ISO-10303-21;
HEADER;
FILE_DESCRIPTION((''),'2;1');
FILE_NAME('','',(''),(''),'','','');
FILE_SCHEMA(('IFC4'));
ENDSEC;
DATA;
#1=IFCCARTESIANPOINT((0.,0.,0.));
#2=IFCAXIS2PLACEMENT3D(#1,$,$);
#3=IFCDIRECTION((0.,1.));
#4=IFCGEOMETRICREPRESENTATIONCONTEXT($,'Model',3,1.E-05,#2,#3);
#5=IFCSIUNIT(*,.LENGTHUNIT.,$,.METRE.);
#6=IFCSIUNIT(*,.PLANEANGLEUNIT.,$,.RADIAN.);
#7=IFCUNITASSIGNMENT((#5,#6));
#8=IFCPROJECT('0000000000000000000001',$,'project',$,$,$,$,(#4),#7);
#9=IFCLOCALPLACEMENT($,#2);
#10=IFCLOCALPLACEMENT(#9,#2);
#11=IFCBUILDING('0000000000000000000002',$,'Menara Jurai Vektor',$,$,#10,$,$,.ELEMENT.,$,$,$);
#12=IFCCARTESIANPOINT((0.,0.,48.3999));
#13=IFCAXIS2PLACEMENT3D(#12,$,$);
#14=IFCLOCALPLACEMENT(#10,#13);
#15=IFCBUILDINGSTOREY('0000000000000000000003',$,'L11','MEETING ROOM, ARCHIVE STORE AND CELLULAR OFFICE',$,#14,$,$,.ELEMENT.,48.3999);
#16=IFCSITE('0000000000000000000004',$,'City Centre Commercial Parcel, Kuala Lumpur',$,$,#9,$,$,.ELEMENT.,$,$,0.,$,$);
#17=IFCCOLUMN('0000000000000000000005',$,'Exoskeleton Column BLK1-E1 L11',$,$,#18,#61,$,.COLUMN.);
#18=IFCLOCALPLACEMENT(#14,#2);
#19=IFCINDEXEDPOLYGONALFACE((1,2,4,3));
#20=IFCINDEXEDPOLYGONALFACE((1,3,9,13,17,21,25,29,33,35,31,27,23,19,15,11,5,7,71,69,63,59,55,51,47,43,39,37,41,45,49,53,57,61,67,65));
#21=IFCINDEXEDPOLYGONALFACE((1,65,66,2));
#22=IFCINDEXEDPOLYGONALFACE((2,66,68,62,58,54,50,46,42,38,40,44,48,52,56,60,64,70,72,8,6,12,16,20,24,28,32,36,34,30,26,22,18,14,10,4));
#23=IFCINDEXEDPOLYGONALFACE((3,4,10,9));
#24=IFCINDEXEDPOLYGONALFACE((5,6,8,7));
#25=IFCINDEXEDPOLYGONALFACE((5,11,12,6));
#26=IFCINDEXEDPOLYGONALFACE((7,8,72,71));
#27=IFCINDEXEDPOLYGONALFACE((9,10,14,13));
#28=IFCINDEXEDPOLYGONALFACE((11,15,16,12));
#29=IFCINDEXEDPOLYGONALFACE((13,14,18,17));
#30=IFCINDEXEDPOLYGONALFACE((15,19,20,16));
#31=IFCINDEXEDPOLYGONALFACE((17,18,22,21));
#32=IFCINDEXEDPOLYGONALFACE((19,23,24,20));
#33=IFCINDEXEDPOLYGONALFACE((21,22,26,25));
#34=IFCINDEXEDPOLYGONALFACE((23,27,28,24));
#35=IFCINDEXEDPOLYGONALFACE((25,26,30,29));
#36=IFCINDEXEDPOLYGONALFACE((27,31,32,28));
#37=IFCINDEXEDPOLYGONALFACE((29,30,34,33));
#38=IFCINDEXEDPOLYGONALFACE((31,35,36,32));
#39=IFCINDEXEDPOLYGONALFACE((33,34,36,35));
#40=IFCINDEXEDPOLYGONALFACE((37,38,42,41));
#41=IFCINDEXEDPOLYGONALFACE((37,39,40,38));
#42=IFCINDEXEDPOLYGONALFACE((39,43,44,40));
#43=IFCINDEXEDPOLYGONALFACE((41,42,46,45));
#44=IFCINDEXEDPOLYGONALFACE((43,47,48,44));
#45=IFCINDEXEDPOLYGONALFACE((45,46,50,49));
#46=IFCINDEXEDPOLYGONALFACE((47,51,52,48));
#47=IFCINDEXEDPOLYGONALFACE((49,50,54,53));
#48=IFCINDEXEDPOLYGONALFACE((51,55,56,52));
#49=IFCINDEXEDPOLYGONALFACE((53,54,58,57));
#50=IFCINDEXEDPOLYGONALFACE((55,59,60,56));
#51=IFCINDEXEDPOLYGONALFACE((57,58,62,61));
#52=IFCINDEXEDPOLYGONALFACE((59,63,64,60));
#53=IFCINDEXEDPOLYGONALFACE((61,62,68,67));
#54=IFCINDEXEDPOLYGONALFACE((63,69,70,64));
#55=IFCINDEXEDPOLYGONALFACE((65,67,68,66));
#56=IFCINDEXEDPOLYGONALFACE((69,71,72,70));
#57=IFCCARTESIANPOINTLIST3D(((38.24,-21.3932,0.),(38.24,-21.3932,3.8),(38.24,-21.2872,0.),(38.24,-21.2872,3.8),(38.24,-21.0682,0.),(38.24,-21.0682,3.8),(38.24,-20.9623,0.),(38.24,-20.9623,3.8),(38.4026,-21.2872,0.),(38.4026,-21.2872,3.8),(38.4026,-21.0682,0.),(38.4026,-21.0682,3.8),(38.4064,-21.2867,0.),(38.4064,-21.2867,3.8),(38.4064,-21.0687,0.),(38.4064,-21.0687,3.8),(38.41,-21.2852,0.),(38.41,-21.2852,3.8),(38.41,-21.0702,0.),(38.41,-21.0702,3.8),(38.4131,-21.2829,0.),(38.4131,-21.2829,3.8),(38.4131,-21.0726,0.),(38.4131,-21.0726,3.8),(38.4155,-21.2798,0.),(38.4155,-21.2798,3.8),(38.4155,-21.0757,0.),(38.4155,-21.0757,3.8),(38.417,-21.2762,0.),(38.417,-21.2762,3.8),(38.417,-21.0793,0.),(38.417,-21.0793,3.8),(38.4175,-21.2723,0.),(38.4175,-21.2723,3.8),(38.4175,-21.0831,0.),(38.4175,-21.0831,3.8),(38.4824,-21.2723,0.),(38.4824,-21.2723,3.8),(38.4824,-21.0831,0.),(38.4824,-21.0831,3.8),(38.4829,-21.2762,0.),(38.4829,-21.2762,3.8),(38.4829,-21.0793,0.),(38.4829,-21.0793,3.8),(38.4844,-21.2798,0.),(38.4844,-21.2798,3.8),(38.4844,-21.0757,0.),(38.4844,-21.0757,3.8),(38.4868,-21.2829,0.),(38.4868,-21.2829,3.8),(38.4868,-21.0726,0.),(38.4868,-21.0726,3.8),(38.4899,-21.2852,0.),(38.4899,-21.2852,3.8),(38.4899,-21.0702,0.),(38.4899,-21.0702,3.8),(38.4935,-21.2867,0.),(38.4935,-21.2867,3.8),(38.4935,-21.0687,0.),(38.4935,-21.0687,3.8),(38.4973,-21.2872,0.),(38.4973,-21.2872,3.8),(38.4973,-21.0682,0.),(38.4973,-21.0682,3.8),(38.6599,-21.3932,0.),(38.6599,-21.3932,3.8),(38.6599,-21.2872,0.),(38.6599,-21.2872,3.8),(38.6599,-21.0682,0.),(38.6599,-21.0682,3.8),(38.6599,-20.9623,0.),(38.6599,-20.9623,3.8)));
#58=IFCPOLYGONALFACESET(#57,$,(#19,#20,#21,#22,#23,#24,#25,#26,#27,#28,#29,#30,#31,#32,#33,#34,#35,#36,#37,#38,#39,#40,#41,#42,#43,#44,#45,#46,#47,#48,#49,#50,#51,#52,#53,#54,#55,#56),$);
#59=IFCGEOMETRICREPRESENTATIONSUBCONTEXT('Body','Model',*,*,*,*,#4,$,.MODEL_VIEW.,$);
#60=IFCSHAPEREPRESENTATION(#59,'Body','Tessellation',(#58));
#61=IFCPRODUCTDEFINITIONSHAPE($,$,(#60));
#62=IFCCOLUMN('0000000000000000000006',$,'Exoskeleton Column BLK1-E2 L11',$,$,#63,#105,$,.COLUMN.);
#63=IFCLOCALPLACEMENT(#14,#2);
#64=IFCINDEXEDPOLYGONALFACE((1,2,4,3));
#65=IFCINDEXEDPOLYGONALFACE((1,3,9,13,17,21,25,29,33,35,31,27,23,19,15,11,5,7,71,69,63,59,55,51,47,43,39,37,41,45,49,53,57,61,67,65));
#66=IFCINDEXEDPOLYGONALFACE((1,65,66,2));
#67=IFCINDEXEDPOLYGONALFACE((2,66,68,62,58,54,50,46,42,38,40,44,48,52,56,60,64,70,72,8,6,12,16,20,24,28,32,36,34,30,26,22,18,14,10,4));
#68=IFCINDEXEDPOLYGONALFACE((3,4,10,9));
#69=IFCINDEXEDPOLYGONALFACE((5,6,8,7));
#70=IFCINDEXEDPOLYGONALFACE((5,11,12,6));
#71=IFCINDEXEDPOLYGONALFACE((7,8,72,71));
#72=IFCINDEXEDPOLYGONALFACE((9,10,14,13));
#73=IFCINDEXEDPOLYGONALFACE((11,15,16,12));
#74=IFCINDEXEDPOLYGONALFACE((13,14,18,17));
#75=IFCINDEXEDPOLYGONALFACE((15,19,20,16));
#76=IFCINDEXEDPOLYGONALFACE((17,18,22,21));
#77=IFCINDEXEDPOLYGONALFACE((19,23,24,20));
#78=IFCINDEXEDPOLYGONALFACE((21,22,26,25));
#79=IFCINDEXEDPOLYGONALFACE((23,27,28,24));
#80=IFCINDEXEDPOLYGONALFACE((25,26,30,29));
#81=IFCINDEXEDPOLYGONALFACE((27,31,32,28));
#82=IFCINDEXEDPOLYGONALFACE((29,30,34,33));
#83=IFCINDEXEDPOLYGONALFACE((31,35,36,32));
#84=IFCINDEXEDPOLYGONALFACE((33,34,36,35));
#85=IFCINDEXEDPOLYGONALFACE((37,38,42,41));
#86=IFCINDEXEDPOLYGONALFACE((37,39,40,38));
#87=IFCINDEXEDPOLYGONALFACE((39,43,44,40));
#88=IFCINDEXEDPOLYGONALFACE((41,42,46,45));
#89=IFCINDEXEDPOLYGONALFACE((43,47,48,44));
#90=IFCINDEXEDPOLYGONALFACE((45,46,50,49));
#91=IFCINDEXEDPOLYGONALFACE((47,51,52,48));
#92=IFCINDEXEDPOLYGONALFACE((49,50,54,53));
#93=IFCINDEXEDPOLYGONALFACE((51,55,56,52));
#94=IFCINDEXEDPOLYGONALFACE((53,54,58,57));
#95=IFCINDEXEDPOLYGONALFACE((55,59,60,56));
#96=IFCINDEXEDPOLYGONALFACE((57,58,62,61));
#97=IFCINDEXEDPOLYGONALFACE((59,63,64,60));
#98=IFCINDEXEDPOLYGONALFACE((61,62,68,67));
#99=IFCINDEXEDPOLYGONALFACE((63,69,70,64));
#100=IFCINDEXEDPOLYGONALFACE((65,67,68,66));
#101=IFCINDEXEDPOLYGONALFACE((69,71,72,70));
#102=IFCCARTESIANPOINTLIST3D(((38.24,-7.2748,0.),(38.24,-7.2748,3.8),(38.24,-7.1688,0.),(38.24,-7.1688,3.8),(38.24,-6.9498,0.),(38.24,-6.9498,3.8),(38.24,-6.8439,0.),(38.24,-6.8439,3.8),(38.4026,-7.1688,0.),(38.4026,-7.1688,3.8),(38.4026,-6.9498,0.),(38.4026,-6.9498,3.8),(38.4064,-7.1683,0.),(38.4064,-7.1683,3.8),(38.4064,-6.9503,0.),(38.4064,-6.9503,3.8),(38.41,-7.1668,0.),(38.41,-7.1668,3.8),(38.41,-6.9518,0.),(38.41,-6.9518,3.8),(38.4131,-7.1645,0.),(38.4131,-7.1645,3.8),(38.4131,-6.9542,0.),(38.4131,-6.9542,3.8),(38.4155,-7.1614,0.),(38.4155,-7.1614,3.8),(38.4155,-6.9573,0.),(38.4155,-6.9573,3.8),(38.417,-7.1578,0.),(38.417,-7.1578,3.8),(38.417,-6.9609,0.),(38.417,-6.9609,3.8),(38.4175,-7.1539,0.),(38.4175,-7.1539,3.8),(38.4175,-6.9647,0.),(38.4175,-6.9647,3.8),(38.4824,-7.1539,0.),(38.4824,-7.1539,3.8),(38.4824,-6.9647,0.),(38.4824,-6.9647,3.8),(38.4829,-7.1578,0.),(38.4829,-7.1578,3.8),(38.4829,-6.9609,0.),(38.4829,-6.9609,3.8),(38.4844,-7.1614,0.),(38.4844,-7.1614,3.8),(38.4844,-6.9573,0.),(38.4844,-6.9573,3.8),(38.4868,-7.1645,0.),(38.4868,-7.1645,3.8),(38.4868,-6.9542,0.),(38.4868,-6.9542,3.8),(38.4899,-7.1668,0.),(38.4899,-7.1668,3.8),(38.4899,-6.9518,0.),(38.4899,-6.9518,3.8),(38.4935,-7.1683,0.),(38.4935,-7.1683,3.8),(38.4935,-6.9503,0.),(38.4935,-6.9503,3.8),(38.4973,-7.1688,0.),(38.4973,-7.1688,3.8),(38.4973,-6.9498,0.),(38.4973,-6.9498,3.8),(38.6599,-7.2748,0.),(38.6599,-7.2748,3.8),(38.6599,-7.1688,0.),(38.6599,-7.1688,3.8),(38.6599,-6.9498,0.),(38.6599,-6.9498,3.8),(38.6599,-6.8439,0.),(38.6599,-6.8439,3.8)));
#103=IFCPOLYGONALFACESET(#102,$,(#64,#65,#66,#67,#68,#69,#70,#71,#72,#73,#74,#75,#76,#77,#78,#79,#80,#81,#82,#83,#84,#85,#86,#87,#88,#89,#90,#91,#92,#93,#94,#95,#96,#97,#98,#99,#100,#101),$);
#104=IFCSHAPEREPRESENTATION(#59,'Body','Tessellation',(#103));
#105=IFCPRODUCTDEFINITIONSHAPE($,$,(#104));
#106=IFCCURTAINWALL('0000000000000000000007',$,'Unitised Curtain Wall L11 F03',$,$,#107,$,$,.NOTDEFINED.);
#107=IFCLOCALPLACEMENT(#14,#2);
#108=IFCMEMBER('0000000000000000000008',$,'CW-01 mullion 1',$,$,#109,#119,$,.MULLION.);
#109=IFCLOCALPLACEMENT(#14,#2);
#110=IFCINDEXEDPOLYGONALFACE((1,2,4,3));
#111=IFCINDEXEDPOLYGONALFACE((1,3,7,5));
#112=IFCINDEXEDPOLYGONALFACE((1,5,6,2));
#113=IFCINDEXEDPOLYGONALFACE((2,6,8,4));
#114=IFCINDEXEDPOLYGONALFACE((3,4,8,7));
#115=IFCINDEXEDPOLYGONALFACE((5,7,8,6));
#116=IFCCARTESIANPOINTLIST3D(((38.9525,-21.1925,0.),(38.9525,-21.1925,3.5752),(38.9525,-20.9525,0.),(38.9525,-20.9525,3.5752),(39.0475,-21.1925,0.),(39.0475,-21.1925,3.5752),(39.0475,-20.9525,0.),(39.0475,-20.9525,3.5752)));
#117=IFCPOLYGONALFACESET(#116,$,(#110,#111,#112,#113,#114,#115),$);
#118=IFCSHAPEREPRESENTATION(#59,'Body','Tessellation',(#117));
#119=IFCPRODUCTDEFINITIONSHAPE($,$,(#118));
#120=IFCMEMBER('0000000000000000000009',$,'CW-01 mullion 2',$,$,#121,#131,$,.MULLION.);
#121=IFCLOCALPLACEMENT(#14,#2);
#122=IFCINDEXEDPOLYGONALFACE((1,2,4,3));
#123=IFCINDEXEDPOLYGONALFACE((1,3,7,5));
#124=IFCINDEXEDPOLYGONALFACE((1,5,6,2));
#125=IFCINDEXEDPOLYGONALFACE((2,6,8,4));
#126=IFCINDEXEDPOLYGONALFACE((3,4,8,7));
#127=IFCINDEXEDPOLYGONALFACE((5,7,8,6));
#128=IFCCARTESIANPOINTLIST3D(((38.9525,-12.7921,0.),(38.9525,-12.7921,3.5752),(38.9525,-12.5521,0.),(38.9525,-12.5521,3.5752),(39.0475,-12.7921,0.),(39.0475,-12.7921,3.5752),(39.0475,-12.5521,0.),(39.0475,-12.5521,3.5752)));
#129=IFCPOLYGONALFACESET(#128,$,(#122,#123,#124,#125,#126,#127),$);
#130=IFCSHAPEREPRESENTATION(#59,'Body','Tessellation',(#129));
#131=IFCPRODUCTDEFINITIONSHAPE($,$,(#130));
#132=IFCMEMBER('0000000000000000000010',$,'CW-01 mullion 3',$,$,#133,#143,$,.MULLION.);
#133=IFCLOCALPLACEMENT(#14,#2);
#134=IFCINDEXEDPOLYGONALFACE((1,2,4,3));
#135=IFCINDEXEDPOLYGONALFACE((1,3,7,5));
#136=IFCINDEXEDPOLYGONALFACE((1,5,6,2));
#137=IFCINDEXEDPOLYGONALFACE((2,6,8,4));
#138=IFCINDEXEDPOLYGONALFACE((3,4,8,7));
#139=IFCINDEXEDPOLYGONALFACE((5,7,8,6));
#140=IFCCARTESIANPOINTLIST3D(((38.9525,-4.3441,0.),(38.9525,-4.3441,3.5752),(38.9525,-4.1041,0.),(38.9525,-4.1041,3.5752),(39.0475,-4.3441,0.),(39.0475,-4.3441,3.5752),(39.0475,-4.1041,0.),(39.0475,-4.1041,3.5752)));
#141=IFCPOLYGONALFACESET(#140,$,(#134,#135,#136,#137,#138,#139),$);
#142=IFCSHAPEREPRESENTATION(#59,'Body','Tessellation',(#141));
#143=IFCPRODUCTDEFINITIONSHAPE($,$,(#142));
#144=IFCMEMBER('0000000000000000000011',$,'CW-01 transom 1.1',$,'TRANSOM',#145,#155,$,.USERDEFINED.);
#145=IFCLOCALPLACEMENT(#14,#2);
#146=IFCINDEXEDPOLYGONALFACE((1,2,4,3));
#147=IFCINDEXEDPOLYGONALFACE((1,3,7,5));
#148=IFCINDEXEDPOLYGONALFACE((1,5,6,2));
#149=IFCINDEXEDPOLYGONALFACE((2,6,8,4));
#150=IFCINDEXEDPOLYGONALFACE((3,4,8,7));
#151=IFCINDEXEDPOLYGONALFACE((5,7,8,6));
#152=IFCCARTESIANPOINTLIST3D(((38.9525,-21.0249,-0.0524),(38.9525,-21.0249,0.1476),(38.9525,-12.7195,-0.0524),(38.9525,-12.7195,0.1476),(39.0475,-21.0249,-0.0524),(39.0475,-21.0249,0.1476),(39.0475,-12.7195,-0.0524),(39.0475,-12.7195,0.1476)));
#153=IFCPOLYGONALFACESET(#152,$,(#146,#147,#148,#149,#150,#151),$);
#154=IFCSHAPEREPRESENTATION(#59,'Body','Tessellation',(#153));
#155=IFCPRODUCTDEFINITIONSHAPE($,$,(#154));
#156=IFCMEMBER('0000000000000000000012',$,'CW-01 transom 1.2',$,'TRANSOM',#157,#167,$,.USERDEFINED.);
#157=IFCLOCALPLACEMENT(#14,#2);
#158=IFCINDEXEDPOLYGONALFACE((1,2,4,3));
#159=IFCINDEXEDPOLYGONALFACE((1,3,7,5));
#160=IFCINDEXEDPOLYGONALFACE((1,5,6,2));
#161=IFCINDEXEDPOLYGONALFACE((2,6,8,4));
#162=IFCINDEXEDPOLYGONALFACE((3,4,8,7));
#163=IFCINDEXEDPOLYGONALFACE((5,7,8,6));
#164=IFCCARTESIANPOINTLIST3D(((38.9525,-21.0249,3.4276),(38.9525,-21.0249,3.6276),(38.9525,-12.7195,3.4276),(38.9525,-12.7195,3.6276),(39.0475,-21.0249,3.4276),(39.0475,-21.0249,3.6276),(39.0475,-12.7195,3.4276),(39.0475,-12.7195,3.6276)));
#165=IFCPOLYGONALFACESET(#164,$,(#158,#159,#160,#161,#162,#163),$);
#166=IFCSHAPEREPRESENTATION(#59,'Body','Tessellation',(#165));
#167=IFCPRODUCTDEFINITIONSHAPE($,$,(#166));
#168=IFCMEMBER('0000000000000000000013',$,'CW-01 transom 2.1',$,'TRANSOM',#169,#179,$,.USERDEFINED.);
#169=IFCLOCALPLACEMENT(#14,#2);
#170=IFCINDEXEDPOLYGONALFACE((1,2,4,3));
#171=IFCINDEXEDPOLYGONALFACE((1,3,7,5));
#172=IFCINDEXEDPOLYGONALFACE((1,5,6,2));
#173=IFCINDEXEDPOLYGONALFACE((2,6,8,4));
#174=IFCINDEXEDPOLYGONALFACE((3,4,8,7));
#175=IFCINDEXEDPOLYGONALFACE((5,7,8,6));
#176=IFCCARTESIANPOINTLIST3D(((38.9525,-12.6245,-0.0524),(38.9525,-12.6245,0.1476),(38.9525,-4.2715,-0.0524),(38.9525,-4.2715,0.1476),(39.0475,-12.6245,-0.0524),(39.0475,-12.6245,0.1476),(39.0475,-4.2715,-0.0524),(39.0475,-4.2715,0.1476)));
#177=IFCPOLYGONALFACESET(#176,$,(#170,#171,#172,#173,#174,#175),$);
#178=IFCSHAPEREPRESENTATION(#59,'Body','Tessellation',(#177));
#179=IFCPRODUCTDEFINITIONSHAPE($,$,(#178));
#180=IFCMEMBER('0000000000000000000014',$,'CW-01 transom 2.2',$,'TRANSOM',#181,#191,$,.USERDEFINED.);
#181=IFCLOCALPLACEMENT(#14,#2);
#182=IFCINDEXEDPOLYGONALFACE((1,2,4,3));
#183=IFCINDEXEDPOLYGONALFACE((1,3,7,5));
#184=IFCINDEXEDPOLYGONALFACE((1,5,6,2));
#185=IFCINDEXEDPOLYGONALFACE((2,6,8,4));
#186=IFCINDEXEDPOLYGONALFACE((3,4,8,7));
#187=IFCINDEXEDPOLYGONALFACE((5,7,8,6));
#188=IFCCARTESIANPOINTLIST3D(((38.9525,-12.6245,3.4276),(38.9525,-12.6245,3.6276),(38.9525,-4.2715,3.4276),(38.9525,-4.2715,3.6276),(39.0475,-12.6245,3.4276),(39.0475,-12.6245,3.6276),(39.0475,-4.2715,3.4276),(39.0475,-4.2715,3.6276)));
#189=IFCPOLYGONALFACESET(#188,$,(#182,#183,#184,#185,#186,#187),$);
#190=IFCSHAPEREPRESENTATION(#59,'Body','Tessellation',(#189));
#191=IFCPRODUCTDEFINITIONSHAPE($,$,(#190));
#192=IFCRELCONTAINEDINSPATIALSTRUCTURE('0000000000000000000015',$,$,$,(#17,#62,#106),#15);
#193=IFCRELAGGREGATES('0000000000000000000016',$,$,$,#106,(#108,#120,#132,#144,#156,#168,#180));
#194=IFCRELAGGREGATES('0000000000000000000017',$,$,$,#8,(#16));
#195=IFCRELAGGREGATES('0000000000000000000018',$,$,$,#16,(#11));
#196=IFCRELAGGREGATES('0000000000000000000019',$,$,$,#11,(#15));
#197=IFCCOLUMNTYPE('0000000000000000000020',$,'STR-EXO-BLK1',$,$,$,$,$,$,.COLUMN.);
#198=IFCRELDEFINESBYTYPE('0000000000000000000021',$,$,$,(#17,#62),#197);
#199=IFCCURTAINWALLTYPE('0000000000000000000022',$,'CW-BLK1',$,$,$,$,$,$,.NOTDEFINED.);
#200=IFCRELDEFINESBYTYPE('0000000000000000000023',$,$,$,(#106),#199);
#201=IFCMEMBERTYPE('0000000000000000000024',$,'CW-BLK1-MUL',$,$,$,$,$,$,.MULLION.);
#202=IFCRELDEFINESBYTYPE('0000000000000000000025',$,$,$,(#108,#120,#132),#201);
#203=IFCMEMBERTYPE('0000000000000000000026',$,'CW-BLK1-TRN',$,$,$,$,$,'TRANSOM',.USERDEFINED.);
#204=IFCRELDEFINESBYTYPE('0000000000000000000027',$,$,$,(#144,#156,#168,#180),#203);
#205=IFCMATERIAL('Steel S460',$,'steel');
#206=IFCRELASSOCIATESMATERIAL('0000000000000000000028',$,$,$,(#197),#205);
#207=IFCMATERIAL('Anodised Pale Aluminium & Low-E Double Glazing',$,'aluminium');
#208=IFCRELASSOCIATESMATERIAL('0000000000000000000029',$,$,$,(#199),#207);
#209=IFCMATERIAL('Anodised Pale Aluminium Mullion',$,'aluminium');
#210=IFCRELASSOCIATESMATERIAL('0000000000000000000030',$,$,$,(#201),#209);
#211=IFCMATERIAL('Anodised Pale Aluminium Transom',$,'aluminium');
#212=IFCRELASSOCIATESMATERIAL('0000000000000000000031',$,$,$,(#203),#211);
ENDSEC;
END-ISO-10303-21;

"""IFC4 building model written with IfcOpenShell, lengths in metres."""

from ifc_helpers import new_model, si_unit, direction, frame, origin, origin_2d, place, context, subcontext, project, spatial, rectangle, i_section, extrude, material, material_profile, profile_set, type_object, element, aggregate, save


model = new_model("IFC4")

# Units and contexts
model_context = context("Model", 3, precision=1e-05, world=origin(), true_north=direction((0.0, 1.0)))
body_context = subcontext(model_context, "Body", "Model", "MODEL_VIEW")
ifc_project = project(units=[si_unit("LENGTHUNIT", "METRE"), si_unit("PLANEANGLEUNIT", "RADIAN")], contexts=[model_context])

# Site, building, storey
site_placement = place(None, origin())
site = spatial("IfcSite", under=ifc_project, at=site_placement, Name="City Centre Commercial Parcel, Kuala Lumpur", CompositionType="ELEMENT", RefElevation=0.0)
building_placement = place(site_placement, origin())
building = spatial("IfcBuilding", under=site, at=building_placement, Name="Menara Jurai Vektor", CompositionType="ELEMENT")
storey_placement = place(building_placement, frame((0.0, 0.0, 48.3999)))
storey = spatial("IfcBuildingStorey", under=building, at=storey_placement, Name="L11", Description="MEETING ROOM, ARCHIVE STORE AND CELLULAR OFFICE", CompositionType="ELEMENT", Elevation=48.3999)

# Columns
ifc_material_1 = material(Name="Steel S460", Category="steel")
ifc_material_profile_1 = material_profile(ifc_material_1, i_section(OverallWidth=0.4199, OverallDepth=0.4309, WebThickness=0.0649, FlangeThickness=0.106, FilletRadius=0.0149, at=origin_2d()), Name="HD 400x900")
ifc_profile_set_1 = profile_set([ifc_material_profile_1], Name="Steel S460")
column_type = type_object("IfcColumnType", Name="STR-EXO-BLK1", PredefinedType="COLUMN", material=ifc_profile_set_1)
for number, where, z_axis, x_axis, name in (
    (1, (38.45, -21.1777, 0.0), (0.0, 0.0, 1.0), (1.0, 0.0, 0.0), "Exoskeleton Column BLK1-E1 L11"),
    (2, (38.45, -7.0593, 0.0), (0.0, 0.0, 1.0), (1.0, 0.0, 0.0), "Exoskeleton Column BLK1-E2 L11"),
):
    element("IfcColumn", number, at=place(storey_placement, frame(where, z_axis=z_axis, x_axis=x_axis)), inside=storey, type_object=column_type, Name=name, PredefinedType="COLUMN", context=body_context, shape_type="SweptSolid", body=[
        extrude(i_section(OverallWidth=0.4199, OverallDepth=0.4309, WebThickness=0.0649, FlangeThickness=0.106, FilletRadius=0.0149, at=origin_2d()), origin(), (0.0, 0.0, 1.0), 3.8),
    ])

# Curtain wall, members
ifc_material_2 = material(Name="Anodised Pale Aluminium & Low-E Double Glazing", Category="aluminium")
curtain_wall_type = type_object("IfcCurtainWallType", Name="CW-BLK1", PredefinedType="NOTDEFINED", material=ifc_material_2)
curtain_wall_placement = place(storey_placement, origin())
curtain_wall = element("IfcCurtainWall", 3, at=curtain_wall_placement, inside=storey, type_object=curtain_wall_type, Name="Unitised Curtain Wall L11 F03", PredefinedType="NOTDEFINED")
ifc_material_3 = material(Name="Anodised Pale Aluminium Mullion", Category="aluminium")
ifc_material_profile_2 = material_profile(ifc_material_3, rectangle(XDim=0.095, YDim=0.24, at=origin_2d()), Name="ALU MUL 95x240")
ifc_profile_set_2 = profile_set([ifc_material_profile_2], Name="Anodised Pale Aluminium Mullion")
member_type_1 = type_object("IfcMemberType", Name="CW-BLK1-MUL", PredefinedType="MULLION", material=ifc_profile_set_2)
member_1_placement = place(storey_placement, frame((39.0, -21.0725, 0.0), z_axis=(0.0, 0.0, 1.0), x_axis=(-1.0, 0.0, 0.0)))
member_1 = element("IfcMember", 4, at=member_1_placement, type_object=member_type_1, Name="CW-01 mullion 1", PredefinedType="MULLION", context=body_context, shape_type="SweptSolid", body=[
    extrude(rectangle(XDim=0.095, YDim=0.24, at=origin_2d()), origin(), (0.0, 0.0, 1.0), 3.5752),
])
member_2_placement = place(storey_placement, frame((39.0, -12.6721, 0.0), z_axis=(0.0, 0.0, 1.0), x_axis=(-1.0, 0.0, 0.0)))
member_2 = element("IfcMember", 5, at=member_2_placement, type_object=member_type_1, Name="CW-01 mullion 2", PredefinedType="MULLION", context=body_context, shape_type="SweptSolid", body=[
    extrude(rectangle(XDim=0.095, YDim=0.24, at=origin_2d()), origin(), (0.0, 0.0, 1.0), 3.5752),
])
member_3_placement = place(storey_placement, frame((39.0, -4.2241, 0.0), z_axis=(0.0, 0.0, 1.0), x_axis=(-1.0, 0.0, 0.0)))
member_3 = element("IfcMember", 6, at=member_3_placement, type_object=member_type_1, Name="CW-01 mullion 3", PredefinedType="MULLION", context=body_context, shape_type="SweptSolid", body=[
    extrude(rectangle(XDim=0.095, YDim=0.24, at=origin_2d()), origin(), (0.0, 0.0, 1.0), 3.5752),
])
ifc_material_4 = material(Name="Anodised Pale Aluminium Transom", Category="aluminium")
ifc_material_profile_3 = material_profile(ifc_material_4, rectangle(XDim=0.095, YDim=0.2, at=origin_2d()), Name="ALU TRN 95x200")
ifc_profile_set_3 = profile_set([ifc_material_profile_3], Name="Anodised Pale Aluminium Transom")
member_type_2 = type_object("IfcMemberType", Name="CW-BLK1-TRN", ElementType="TRANSOM", PredefinedType="USERDEFINED", material=ifc_profile_set_3)
member_4_placement = place(storey_placement, frame((39.0, -21.0249, 0.0476), z_axis=(0.0, 1.0, 0.0), x_axis=(-1.0, 0.0, 0.0)))
member_4 = element("IfcMember", 7, at=member_4_placement, type_object=member_type_2, Name="CW-01 transom 1.1", ObjectType="TRANSOM", PredefinedType="USERDEFINED", context=body_context, shape_type="SweptSolid", body=[
    extrude(rectangle(XDim=0.095, YDim=0.2, at=origin_2d()), origin(), (0.0, 0.0, 1.0), 8.3054),
])
member_5_placement = place(storey_placement, frame((39.0, -21.0249, 3.5276), z_axis=(0.0, 1.0, 0.0), x_axis=(-1.0, 0.0, 0.0)))
member_5 = element("IfcMember", 8, at=member_5_placement, type_object=member_type_2, Name="CW-01 transom 1.2", ObjectType="TRANSOM", PredefinedType="USERDEFINED", context=body_context, shape_type="SweptSolid", body=[
    extrude(rectangle(XDim=0.095, YDim=0.2, at=origin_2d()), origin(), (0.0, 0.0, 1.0), 8.3054),
])
member_6_placement = place(storey_placement, frame((39.0, -12.6245, 0.0476), z_axis=(0.0, 1.0, 0.0), x_axis=(-1.0, 0.0, 0.0)))
member_6 = element("IfcMember", 9, at=member_6_placement, type_object=member_type_2, Name="CW-01 transom 2.1", ObjectType="TRANSOM", PredefinedType="USERDEFINED", context=body_context, shape_type="SweptSolid", body=[
    extrude(rectangle(XDim=0.095, YDim=0.2, at=origin_2d()), origin(), (0.0, 0.0, 1.0), 8.353),
])
member_7_placement = place(storey_placement, frame((39.0, -12.6245, 3.5276), z_axis=(0.0, 1.0, 0.0), x_axis=(-1.0, 0.0, 0.0)))
member_7 = element("IfcMember", 10, at=member_7_placement, type_object=member_type_2, Name="CW-01 transom 2.2", ObjectType="TRANSOM", PredefinedType="USERDEFINED", context=body_context, shape_type="SweptSolid", body=[
    extrude(rectangle(XDim=0.095, YDim=0.2, at=origin_2d()), origin(), (0.0, 0.0, 1.0), 8.353),
])

aggregate(curtain_wall, [member_1, member_2, member_3, member_4, member_5, member_6, member_7])

save(model, "model.ifc")
